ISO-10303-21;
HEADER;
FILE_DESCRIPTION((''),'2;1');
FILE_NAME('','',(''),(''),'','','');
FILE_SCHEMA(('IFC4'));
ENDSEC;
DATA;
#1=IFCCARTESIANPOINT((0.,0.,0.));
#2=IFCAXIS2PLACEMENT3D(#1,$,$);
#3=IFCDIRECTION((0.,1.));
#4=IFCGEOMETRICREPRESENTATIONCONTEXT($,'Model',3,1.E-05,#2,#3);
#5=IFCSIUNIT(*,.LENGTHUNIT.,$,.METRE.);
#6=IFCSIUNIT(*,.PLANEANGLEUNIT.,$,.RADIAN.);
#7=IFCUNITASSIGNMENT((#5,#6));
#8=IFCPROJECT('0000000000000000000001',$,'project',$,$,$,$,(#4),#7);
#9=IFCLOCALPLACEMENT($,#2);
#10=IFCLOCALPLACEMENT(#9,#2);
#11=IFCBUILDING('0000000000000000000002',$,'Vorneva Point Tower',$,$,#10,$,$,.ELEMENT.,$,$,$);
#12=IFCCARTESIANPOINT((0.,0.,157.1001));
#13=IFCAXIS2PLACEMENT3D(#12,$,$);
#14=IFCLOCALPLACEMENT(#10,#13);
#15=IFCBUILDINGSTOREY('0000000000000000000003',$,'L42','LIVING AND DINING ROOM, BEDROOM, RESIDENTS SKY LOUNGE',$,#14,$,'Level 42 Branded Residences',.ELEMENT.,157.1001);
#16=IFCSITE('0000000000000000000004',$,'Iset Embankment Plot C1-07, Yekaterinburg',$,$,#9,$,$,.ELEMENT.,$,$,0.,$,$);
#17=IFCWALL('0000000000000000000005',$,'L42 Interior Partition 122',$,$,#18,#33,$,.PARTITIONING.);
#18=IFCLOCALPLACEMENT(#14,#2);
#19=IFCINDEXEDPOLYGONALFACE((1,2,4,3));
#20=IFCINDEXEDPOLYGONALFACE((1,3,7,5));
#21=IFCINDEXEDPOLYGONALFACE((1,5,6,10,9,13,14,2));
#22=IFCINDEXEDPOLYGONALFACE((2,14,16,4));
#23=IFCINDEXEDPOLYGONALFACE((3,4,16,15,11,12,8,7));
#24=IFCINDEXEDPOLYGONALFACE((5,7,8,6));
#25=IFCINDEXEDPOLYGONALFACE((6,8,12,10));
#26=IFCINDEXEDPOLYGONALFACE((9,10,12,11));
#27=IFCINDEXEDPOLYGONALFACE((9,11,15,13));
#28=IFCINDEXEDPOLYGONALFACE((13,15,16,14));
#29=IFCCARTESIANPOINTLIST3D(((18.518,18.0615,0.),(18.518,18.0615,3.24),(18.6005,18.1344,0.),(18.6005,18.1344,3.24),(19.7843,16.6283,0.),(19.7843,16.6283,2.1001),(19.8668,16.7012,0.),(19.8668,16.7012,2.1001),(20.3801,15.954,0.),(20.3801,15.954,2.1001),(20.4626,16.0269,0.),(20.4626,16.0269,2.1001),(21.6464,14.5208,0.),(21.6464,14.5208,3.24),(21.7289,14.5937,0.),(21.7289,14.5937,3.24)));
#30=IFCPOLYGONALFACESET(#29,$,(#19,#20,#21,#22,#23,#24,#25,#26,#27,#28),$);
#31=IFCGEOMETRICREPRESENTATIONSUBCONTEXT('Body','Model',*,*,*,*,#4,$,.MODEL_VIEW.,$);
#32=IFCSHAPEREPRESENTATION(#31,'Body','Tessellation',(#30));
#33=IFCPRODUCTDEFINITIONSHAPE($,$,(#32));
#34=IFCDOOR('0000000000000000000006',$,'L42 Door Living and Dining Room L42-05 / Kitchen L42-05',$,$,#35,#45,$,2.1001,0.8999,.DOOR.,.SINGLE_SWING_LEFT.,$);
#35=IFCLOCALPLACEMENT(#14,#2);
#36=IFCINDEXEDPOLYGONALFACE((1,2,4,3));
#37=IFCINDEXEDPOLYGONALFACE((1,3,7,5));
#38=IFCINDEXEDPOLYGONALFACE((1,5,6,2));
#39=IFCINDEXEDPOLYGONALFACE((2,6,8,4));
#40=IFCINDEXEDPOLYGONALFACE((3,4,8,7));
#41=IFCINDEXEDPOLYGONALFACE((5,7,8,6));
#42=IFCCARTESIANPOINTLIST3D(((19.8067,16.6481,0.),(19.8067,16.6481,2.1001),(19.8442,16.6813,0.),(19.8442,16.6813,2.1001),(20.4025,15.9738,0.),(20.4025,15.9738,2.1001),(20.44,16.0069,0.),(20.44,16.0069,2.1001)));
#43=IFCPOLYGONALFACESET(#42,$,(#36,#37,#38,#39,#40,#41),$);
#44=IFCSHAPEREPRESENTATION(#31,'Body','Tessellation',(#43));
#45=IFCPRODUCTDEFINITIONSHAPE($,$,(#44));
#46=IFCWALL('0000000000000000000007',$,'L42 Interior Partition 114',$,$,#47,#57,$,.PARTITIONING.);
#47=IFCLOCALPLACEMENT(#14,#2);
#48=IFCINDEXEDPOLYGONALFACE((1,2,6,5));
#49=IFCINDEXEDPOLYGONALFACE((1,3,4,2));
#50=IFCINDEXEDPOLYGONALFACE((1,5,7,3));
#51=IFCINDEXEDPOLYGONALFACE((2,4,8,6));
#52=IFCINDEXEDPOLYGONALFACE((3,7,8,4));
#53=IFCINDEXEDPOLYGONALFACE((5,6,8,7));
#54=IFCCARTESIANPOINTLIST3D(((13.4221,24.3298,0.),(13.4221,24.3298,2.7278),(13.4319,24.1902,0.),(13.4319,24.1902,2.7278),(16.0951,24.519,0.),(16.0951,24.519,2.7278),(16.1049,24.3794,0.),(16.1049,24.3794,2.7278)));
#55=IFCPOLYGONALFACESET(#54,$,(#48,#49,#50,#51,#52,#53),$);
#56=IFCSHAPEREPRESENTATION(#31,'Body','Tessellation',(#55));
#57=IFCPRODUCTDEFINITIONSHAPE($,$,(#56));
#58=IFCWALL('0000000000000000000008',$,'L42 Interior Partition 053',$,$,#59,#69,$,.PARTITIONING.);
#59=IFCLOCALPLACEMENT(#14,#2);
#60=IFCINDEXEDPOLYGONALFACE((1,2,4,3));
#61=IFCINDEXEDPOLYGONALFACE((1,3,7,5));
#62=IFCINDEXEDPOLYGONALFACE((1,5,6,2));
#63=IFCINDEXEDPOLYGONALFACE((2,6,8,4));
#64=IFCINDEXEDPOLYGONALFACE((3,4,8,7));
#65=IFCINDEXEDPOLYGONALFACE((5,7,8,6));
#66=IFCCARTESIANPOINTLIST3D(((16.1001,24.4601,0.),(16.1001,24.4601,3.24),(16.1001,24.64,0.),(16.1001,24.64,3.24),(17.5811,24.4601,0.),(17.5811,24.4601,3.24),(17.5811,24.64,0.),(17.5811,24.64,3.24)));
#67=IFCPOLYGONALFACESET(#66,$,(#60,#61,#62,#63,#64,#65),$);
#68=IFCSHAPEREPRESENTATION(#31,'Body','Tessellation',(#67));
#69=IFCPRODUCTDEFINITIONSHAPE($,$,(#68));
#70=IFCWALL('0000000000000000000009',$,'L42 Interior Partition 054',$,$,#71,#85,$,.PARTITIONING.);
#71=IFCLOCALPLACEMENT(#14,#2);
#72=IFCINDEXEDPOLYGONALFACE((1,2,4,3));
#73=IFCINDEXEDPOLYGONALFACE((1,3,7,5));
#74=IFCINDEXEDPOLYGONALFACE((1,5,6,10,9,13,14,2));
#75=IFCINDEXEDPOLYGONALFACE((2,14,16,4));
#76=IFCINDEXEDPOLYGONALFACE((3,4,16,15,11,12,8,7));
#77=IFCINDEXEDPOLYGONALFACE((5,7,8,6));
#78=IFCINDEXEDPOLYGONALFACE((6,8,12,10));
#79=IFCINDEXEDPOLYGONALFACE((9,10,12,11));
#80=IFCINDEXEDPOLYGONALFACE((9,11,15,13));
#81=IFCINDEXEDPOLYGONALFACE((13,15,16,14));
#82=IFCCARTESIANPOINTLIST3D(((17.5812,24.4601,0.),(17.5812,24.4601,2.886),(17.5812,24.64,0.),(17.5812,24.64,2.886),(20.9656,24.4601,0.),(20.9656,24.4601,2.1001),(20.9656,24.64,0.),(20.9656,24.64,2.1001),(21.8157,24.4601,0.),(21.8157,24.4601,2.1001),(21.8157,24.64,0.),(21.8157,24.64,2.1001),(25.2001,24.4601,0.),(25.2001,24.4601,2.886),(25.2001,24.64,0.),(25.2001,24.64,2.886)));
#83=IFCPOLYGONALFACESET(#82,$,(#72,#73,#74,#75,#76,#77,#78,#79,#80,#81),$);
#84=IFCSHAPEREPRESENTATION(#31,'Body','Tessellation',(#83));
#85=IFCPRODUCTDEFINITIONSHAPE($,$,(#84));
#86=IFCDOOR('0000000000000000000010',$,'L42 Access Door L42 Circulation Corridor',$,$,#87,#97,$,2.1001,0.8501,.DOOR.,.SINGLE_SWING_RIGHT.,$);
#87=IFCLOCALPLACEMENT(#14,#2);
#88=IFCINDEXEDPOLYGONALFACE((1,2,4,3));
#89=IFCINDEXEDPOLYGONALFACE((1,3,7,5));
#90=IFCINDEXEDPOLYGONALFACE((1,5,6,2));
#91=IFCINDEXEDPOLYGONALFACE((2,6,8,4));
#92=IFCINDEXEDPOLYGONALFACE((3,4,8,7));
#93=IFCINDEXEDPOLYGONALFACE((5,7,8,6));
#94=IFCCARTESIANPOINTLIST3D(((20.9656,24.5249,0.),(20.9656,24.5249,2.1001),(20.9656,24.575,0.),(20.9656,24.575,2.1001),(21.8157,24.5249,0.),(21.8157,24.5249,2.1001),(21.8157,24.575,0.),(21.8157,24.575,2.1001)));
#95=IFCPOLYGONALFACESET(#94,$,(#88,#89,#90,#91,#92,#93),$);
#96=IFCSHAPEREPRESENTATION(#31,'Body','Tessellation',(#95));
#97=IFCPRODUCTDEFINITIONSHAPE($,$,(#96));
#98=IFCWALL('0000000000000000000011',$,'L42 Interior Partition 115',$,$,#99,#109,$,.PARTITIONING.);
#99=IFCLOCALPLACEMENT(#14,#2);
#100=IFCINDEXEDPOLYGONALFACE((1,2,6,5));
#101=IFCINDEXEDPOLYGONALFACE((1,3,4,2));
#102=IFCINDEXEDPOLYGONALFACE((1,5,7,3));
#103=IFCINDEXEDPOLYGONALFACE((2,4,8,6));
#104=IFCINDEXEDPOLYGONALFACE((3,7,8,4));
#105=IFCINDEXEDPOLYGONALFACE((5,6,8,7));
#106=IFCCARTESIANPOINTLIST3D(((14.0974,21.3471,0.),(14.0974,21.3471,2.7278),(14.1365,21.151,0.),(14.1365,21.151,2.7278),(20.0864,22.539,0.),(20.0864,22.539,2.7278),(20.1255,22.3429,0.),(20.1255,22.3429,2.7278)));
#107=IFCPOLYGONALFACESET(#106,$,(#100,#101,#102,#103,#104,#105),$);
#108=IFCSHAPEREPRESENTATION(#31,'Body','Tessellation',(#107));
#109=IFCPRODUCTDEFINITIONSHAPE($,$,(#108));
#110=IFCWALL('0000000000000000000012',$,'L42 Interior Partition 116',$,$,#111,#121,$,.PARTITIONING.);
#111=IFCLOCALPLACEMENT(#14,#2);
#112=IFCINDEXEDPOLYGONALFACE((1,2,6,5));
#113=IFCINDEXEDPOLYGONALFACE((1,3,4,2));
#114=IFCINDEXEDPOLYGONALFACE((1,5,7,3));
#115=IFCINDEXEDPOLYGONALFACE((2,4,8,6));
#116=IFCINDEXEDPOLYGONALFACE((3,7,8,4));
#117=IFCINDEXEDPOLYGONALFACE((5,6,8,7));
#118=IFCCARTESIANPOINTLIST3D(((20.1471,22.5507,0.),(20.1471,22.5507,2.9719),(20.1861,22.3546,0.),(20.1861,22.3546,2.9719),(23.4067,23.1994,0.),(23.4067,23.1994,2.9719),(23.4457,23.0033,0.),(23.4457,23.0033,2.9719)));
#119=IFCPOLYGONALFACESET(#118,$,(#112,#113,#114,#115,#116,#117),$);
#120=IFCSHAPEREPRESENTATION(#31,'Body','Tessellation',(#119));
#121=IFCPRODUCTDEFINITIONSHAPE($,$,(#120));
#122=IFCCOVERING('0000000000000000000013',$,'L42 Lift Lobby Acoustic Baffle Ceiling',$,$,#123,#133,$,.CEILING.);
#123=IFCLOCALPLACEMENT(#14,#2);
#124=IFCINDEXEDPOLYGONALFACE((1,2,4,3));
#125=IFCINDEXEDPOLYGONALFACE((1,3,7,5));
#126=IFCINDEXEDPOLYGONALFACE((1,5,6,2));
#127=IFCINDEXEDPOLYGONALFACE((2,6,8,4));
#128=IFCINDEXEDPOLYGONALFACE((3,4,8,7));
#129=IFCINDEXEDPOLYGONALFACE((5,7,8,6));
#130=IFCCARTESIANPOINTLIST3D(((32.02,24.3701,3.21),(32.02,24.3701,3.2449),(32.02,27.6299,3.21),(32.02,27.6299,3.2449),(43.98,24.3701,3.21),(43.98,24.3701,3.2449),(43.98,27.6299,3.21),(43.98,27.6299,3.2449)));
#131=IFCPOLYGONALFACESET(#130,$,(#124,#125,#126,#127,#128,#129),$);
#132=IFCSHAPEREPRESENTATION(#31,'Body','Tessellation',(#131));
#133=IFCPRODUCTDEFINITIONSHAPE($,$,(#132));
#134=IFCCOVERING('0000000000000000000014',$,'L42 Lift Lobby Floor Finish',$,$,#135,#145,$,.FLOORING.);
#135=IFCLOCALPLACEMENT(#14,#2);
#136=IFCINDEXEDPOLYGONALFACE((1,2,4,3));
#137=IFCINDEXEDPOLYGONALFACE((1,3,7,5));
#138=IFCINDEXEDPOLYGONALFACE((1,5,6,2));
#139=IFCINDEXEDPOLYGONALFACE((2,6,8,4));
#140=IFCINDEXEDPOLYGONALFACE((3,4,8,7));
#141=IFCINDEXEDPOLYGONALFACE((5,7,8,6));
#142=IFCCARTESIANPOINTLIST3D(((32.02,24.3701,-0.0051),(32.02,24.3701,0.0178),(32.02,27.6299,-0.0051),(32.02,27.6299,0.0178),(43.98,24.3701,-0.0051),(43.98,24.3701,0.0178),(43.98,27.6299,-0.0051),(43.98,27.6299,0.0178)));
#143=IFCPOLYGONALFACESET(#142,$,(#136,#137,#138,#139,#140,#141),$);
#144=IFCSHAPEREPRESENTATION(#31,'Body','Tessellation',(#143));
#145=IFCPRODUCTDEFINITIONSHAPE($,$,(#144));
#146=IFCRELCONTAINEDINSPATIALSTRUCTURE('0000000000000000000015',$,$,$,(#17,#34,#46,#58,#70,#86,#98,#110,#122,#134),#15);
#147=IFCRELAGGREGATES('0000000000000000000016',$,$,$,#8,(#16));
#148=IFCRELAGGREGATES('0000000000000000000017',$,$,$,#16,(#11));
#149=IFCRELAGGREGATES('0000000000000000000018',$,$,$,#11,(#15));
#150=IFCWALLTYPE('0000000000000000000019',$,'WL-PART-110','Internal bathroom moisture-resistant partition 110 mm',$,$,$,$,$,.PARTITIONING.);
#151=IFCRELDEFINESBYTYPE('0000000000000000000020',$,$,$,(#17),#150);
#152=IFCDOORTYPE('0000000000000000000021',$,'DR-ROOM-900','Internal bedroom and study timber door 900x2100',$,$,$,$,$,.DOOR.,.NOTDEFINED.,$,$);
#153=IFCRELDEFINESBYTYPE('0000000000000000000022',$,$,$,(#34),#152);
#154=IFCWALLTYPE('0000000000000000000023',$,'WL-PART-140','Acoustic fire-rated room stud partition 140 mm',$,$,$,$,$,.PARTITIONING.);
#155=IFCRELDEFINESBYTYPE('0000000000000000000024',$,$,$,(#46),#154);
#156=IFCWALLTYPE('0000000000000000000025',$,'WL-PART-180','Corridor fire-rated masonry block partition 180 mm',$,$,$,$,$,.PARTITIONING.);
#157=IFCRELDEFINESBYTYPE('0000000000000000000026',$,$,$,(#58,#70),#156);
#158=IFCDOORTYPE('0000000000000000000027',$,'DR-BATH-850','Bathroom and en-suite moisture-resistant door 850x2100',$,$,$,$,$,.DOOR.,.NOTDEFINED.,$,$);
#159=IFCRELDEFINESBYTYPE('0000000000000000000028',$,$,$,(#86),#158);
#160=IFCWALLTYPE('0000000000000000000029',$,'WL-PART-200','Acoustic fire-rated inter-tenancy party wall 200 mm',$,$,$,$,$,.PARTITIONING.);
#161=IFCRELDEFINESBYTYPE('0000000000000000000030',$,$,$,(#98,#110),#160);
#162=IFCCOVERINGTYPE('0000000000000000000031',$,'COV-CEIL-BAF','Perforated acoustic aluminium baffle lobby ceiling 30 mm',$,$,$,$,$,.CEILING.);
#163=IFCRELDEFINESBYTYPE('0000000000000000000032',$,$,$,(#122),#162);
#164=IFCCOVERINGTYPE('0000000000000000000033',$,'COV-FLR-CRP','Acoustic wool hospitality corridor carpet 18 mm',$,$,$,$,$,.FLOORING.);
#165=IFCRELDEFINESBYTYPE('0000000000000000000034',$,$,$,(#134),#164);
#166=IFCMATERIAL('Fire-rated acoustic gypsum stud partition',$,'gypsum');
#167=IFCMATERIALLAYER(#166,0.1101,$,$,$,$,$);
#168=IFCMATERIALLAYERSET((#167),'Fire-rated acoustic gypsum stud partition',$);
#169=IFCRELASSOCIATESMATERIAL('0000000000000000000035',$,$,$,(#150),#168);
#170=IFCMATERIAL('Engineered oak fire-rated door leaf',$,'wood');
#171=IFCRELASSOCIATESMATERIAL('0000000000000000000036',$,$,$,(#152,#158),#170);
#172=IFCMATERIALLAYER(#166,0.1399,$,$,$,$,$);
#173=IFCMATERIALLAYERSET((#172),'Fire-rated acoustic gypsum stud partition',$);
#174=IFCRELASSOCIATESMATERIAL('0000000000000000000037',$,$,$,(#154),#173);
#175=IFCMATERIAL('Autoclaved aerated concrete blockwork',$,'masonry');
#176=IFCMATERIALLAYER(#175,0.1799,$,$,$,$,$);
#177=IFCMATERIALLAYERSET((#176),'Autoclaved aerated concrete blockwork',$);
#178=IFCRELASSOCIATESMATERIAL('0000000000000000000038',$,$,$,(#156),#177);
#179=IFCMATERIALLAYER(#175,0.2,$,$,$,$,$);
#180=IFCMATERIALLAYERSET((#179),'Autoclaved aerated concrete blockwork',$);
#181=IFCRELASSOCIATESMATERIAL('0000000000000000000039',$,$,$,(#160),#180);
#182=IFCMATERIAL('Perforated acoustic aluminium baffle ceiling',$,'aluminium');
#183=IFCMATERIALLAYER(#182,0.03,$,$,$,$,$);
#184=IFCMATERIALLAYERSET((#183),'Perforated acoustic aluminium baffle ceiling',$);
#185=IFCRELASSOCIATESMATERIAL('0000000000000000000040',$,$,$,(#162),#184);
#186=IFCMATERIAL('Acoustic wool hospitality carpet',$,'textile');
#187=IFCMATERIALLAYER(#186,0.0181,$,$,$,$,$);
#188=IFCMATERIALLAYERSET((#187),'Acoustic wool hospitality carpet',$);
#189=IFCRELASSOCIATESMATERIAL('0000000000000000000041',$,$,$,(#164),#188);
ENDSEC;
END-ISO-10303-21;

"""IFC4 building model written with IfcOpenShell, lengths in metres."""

from ifc_helpers import new_model, si_unit, direction, frame, frame_2d, origin, place, context, subcontext, project, spatial, polyline, rectangle, outline, extrude, material, layer, layer_set, type_object, element, fill, save


model = new_model("IFC4")

# Units and contexts
model_context = context("Model", 3, precision=1e-05, world=origin(), true_north=direction((0.0, 1.0)))
body_context = subcontext(model_context, "Body", "Model", "MODEL_VIEW")
ifc_project = project(units=[si_unit("LENGTHUNIT", "METRE"), si_unit("PLANEANGLEUNIT", "RADIAN")], contexts=[model_context])

# Site, building, storey
site_placement = place(None, origin())
site = spatial("IfcSite", under=ifc_project, at=site_placement, Name="Iset Embankment Plot C1-07, Yekaterinburg", CompositionType="ELEMENT", RefElevation=0.0)
building_placement = place(site_placement, origin())
building = spatial("IfcBuilding", under=site, at=building_placement, Name="Vorneva Point Tower", CompositionType="ELEMENT")
storey_placement = place(building_placement, frame((0.0, 0.0, 157.1001)))
storey = spatial("IfcBuildingStorey", under=building, at=storey_placement, Name="L42", Description="LIVING AND DINING ROOM, BEDROOM, RESIDENTS SKY LOUNGE", LongName="Level 42 Branded Residences", CompositionType="ELEMENT", Elevation=157.1001)

# Shared definitions
ifc_material_1 = material(Name="Fire-rated acoustic gypsum stud partition", Category="gypsum")
ifc_layer_1 = layer(ifc_material_1, 0.1101)
ifc_layer_set_1 = layer_set([ifc_layer_1], Name="Fire-rated acoustic gypsum stud partition")
wall_type_1 = type_object("IfcWallType", Name="WL-PART-110", Description="Internal bathroom moisture-resistant partition 110 mm", PredefinedType="PARTITIONING", material=ifc_layer_set_1)

# Wall, opening, door
wall_1_placement = place(storey_placement, frame((18.5593, 18.0979, 0.0), z_axis=(0.0, 0.0, 1.0), x_axis=(0.662122, -0.749396, 0.0)))
wall_1 = element("IfcWall", 1, at=wall_1_placement, inside=storey, type_object=wall_type_1, Name="L42 Interior Partition 122", PredefinedType="PARTITIONING", context=body_context, shape_type="SweptSolid", body=[
    extrude(rectangle(XDim=4.7249, YDim=0.1101, at=frame_2d((2.3623, 0.0))), origin(), (0.0, 0.0, 1.0), 3.24),
])
opening_1_placement = place(wall_1_placement, frame((1.9124, 0.0, 0.0)))
opening_1 = element("IfcOpeningElement", 2, at=opening_1_placement, cuts=wall_1, PredefinedType="OPENING", context=body_context, shape_type="SweptSolid", body=[
    extrude(rectangle(XDim=0.8999, YDim=2.1001, at=frame_2d((0.45, 1.05))), frame((0.0, 0.0698, 0.0), z_axis=(0.0, -1.0, 0.0), x_axis=(1.0, 0.0, 0.0)), (0.0, 0.0, 1.0), 0.1399),
])
ifc_material_2 = material(Name="Engineered oak fire-rated door leaf", Category="wood")
door_type_1 = type_object("IfcDoorType", Name="DR-ROOM-900", Description="Internal bedroom and study timber door 900x2100", OperationType="NOTDEFINED", PredefinedType="DOOR", material=ifc_material_2)
door_1_placement = place(opening_1_placement, origin())
door_1 = element("IfcDoor", 3, at=door_1_placement, inside=storey, type_object=door_type_1, Name="L42 Door Living and Dining Room L42-05 / Kitchen L42-05", OperationType="SINGLE_SWING_LEFT", OverallHeight=2.1001, OverallWidth=0.8999, PredefinedType="DOOR", context=body_context, shape_type="SweptSolid", body=[
    extrude(rectangle(XDim=0.8999, YDim=2.1001, at=frame_2d((0.45, 1.05))), frame((0.0, 0.0249, 0.0), z_axis=(0.0, -1.0, 0.0), x_axis=(1.0, 0.0, 0.0)), (0.0, 0.0, 1.0), 0.05),
])
fill(opening_1, door_1)

# Walls
ifc_layer_2 = layer(ifc_material_1, 0.1399)
ifc_layer_set_2 = layer_set([ifc_layer_2], Name="Fire-rated acoustic gypsum stud partition")
wall_type_2 = type_object("IfcWallType", Name="WL-PART-140", Description="Acoustic fire-rated room stud partition 140 mm", PredefinedType="PARTITIONING", material=ifc_layer_set_2)
wall_2_placement = place(storey_placement, frame((13.427, 24.26, 0.0), z_axis=(0.0, 0.0, 1.0), x_axis=(0.997504, 0.070606, 0.0)))
element("IfcWall", 4, at=wall_2_placement, inside=storey, type_object=wall_type_2, Name="L42 Interior Partition 114", PredefinedType="PARTITIONING", context=body_context, shape_type="SweptSolid", body=[
    extrude(rectangle(XDim=2.6797, YDim=0.1399, at=frame_2d((1.3398, 0.0))), origin(), (0.0, 0.0, 1.0), 2.7278),
])
ifc_material_3 = material(Name="Autoclaved aerated concrete blockwork", Category="masonry")
ifc_layer_3 = layer(ifc_material_3, 0.1799)
ifc_layer_set_3 = layer_set([ifc_layer_3], Name="Autoclaved aerated concrete blockwork")
wall_type_3 = type_object("IfcWallType", Name="WL-PART-180", Description="Corridor fire-rated masonry block partition 180 mm", PredefinedType="PARTITIONING", material=ifc_layer_set_3)
wall_3_placement = place(storey_placement, frame((16.1001, 24.55, 0.0), z_axis=(0.0, 0.0, 1.0), x_axis=(1.0, 0.0, 0.0)))
element("IfcWall", 5, at=wall_3_placement, inside=storey, type_object=wall_type_3, Name="L42 Interior Partition 053", PredefinedType="PARTITIONING", context=body_context, shape_type="SweptSolid", body=[
    extrude(rectangle(XDim=1.481, YDim=0.1799, at=frame_2d((0.7405, 0.0))), origin(), (0.0, 0.0, 1.0), 3.24),
])

# Wall, opening, door
wall_4_placement = place(storey_placement, frame((17.5811, 24.55, 0.0), z_axis=(0.0, 0.0, 1.0), x_axis=(1.0, 0.0, 0.0)))
wall_4 = element("IfcWall", 6, at=wall_4_placement, inside=storey, type_object=wall_type_3, Name="L42 Interior Partition 054", PredefinedType="PARTITIONING", context=body_context, shape_type="SweptSolid", body=[
    extrude(rectangle(XDim=7.6189, YDim=0.1799, at=frame_2d((3.8096, 0.0))), origin(), (0.0, 0.0, 1.0), 2.886),
])
opening_2_placement = place(wall_4_placement, frame((3.3845, 0.0, 0.0)))
opening_2 = element("IfcOpeningElement", 7, at=opening_2_placement, cuts=wall_4, PredefinedType="OPENING", context=body_context, shape_type="SweptSolid", body=[
    extrude(rectangle(XDim=0.8501, YDim=2.1001, at=frame_2d((0.425, 1.05))), frame((0.0, 0.105, 0.0), z_axis=(0.0, -1.0, 0.0), x_axis=(1.0, 0.0, 0.0)), (0.0, 0.0, 1.0), 0.2097),
])
door_type_2 = type_object("IfcDoorType", Name="DR-BATH-850", Description="Bathroom and en-suite moisture-resistant door 850x2100", OperationType="NOTDEFINED", PredefinedType="DOOR", material=ifc_material_2)
door_2_placement = place(opening_2_placement, origin())
door_2 = element("IfcDoor", 8, at=door_2_placement, inside=storey, type_object=door_type_2, Name="L42 Access Door L42 Circulation Corridor", OperationType="SINGLE_SWING_RIGHT", OverallHeight=2.1001, OverallWidth=0.8501, PredefinedType="DOOR", context=body_context, shape_type="SweptSolid", body=[
    extrude(rectangle(XDim=0.8501, YDim=2.1001, at=frame_2d((0.425, 1.05))), frame((0.0, 0.0249, 0.0), z_axis=(0.0, -1.0, 0.0), x_axis=(1.0, 0.0, 0.0)), (0.0, 0.0, 1.0), 0.05),
])
fill(opening_2, door_2)

# Walls
ifc_layer_4 = layer(ifc_material_3, 0.2)
ifc_layer_set_4 = layer_set([ifc_layer_4], Name="Autoclaved aerated concrete blockwork")
wall_type_4 = type_object("IfcWallType", Name="WL-PART-200", Description="Acoustic fire-rated inter-tenancy party wall 200 mm", PredefinedType="PARTITIONING", material=ifc_layer_set_4)
wall_5_placement = place(storey_placement, frame((14.1169, 21.249, 0.0), z_axis=(0.0, 0.0, 1.0), x_axis=(0.980766, 0.195186, 0.0)))
element("IfcWall", 9, at=wall_5_placement, inside=storey, type_object=wall_type_4, Name="L42 Interior Partition 115", PredefinedType="PARTITIONING", context=body_context, shape_type="SweptSolid", body=[
    extrude(rectangle(XDim=6.1064, YDim=0.2, at=frame_2d((3.0532, 0.0))), origin(), (0.0, 0.0, 1.0), 2.7278),
])
wall_6_placement = place(storey_placement, frame((20.1667, 22.4526, 0.0), z_axis=(0.0, 0.0, 1.0), x_axis=(0.980767, 0.195184, 0.0)))
element("IfcWall", 10, at=wall_6_placement, inside=storey, type_object=wall_type_4, Name="L42 Interior Partition 116", PredefinedType="PARTITIONING", context=body_context, shape_type="SweptSolid", body=[
    extrude(rectangle(XDim=3.3235, YDim=0.2, at=frame_2d((1.6616, 0.0))), origin(), (0.0, 0.0, 1.0), 2.9719),
])

# Coverings
ifc_material_4 = material(Name="Perforated acoustic aluminium baffle ceiling", Category="aluminium")
ifc_layer_5 = layer(ifc_material_4, 0.03)
ifc_layer_set_5 = layer_set([ifc_layer_5], Name="Perforated acoustic aluminium baffle ceiling")
covering_type_1 = type_object("IfcCoveringType", Name="COV-CEIL-BAF", Description="Perforated acoustic aluminium baffle lobby ceiling 30 mm", PredefinedType="CEILING", material=ifc_layer_set_5)
covering_1_placement = place(storey_placement, frame((0.0, 0.0, 3.21)))
element("IfcCovering", 11, at=covering_1_placement, inside=storey, type_object=covering_type_1, Name="L42 Lift Lobby Acoustic Baffle Ceiling", PredefinedType="CEILING", context=body_context, shape_type="SweptSolid", body=[
    extrude(outline(polyline([(32.02, 24.3701), (43.98, 24.3701), (43.98, 27.6299), (32.02, 27.6299), (32.02, 24.3701)])), origin(), (0.0, 0.0, 1.0), 0.0349),
])
ifc_material_5 = material(Name="Acoustic wool hospitality carpet", Category="textile")
ifc_layer_6 = layer(ifc_material_5, 0.0181)
ifc_layer_set_6 = layer_set([ifc_layer_6], Name="Acoustic wool hospitality carpet")
covering_type_2 = type_object("IfcCoveringType", Name="COV-FLR-CRP", Description="Acoustic wool hospitality corridor carpet 18 mm", PredefinedType="FLOORING", material=ifc_layer_set_6)
covering_2_placement = place(storey_placement, frame((0.0, 0.0, -0.0051)))
element("IfcCovering", 12, at=covering_2_placement, inside=storey, type_object=covering_type_2, Name="L42 Lift Lobby Floor Finish", PredefinedType="FLOORING", context=body_context, shape_type="SweptSolid", body=[
    extrude(outline(polyline([(32.02, 24.3701), (43.98, 24.3701), (43.98, 27.6299), (32.02, 27.6299), (32.02, 24.3701)])), origin(), (0.0, 0.0, 1.0), 0.0229),
])

save(model, "model.ifc")
